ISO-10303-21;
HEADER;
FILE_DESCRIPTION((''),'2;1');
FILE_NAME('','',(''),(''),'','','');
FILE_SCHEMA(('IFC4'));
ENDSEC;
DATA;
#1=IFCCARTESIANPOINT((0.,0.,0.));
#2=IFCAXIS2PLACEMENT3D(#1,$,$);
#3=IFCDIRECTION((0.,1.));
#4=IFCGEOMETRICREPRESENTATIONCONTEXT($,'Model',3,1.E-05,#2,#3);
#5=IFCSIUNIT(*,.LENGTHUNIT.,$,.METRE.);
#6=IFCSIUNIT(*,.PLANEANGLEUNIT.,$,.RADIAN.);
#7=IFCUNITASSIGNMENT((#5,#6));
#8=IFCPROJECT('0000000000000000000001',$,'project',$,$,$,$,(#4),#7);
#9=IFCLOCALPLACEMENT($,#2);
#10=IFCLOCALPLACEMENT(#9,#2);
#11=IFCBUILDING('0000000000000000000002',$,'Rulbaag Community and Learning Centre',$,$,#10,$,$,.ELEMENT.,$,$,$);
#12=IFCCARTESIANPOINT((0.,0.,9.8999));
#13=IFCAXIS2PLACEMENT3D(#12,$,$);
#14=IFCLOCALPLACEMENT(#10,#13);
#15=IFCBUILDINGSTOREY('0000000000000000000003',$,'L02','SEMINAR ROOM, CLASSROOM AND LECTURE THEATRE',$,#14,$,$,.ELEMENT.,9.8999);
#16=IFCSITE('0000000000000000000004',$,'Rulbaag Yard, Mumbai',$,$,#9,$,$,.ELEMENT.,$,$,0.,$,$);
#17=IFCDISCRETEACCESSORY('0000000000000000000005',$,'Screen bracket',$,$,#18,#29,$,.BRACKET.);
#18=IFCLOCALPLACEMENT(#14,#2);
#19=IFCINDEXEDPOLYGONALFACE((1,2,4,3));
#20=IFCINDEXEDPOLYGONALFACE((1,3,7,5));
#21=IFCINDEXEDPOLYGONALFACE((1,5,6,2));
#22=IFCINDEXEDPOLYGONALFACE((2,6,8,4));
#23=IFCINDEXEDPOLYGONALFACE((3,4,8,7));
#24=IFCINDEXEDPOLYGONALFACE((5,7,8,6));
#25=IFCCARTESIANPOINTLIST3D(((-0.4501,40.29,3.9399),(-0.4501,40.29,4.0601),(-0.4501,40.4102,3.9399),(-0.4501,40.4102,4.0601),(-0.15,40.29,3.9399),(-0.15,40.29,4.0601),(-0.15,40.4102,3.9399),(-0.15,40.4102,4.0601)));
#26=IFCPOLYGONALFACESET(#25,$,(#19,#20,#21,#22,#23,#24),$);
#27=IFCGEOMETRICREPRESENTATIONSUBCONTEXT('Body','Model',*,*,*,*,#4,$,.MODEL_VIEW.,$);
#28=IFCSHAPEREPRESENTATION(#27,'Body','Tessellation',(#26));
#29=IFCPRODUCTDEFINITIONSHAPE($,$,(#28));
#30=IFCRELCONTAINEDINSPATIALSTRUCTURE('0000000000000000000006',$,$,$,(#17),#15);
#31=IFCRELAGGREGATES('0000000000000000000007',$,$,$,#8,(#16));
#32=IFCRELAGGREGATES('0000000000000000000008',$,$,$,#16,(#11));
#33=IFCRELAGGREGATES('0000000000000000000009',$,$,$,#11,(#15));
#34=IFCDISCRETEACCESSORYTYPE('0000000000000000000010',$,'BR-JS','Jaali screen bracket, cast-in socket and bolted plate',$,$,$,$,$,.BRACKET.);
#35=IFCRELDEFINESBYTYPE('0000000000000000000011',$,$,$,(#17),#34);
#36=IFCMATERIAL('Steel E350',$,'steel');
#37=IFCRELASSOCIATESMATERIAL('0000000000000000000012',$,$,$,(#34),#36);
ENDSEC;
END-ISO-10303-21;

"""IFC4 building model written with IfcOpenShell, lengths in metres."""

from ifc_helpers import new_model, si_unit, direction, frame, origin, origin_2d, place, context, subcontext, project, spatial, rectangle, extrude, material, type_object, element, save


model = new_model("IFC4")

# Units and contexts
model_context = context("Model", 3, precision=1e-05, world=origin(), true_north=direction((0.0, 1.0)))
body_context = subcontext(model_context, "Body", "Model", "MODEL_VIEW")
ifc_project = project(units=[si_unit("LENGTHUNIT", "METRE"), si_unit("PLANEANGLEUNIT", "RADIAN")], contexts=[model_context])

# Site, building, storey
site_placement = place(None, origin())
site = spatial("IfcSite", under=ifc_project, at=site_placement, Name="Rulbaag Yard, Mumbai", CompositionType="ELEMENT", RefElevation=0.0)
building_placement = place(site_placement, origin())
building = spatial("IfcBuilding", under=site, at=building_placement, Name="Rulbaag Community and Learning Centre", CompositionType="ELEMENT")
storey_placement = place(building_placement, frame((0.0, 0.0, 9.8999)))
storey = spatial("IfcBuildingStorey", under=building, at=storey_placement, Name="L02", Description="SEMINAR ROOM, CLASSROOM AND LECTURE THEATRE", CompositionType="ELEMENT", Elevation=9.8999)

# Discrete accessory
ifc_material_1 = material(Name="Steel E350", Category="steel")
discrete_accessory_type = type_object("IfcDiscreteAccessoryType", Name="BR-JS", Description="Jaali screen bracket, cast-in socket and bolted plate", PredefinedType="BRACKET", material=ifc_material_1)
for number, where, z_axis, x_axis, name in (
    (1, (-0.3, 40.3501, 3.9399), (0.0, 0.0, 1.0), (1.0, 0.0, 0.0), "Screen bracket"),
):
    element("IfcDiscreteAccessory", number, at=place(storey_placement, frame(where, z_axis=z_axis, x_axis=x_axis)), inside=storey, type_object=discrete_accessory_type, Name=name, PredefinedType="BRACKET", context=body_context, shape_type="SweptSolid", body=[
        extrude(rectangle(XDim=0.3, YDim=0.1201, at=origin_2d()), origin(), (0.0, 0.0, 1.0), 0.1201),
    ])

save(model, "model.ifc")
